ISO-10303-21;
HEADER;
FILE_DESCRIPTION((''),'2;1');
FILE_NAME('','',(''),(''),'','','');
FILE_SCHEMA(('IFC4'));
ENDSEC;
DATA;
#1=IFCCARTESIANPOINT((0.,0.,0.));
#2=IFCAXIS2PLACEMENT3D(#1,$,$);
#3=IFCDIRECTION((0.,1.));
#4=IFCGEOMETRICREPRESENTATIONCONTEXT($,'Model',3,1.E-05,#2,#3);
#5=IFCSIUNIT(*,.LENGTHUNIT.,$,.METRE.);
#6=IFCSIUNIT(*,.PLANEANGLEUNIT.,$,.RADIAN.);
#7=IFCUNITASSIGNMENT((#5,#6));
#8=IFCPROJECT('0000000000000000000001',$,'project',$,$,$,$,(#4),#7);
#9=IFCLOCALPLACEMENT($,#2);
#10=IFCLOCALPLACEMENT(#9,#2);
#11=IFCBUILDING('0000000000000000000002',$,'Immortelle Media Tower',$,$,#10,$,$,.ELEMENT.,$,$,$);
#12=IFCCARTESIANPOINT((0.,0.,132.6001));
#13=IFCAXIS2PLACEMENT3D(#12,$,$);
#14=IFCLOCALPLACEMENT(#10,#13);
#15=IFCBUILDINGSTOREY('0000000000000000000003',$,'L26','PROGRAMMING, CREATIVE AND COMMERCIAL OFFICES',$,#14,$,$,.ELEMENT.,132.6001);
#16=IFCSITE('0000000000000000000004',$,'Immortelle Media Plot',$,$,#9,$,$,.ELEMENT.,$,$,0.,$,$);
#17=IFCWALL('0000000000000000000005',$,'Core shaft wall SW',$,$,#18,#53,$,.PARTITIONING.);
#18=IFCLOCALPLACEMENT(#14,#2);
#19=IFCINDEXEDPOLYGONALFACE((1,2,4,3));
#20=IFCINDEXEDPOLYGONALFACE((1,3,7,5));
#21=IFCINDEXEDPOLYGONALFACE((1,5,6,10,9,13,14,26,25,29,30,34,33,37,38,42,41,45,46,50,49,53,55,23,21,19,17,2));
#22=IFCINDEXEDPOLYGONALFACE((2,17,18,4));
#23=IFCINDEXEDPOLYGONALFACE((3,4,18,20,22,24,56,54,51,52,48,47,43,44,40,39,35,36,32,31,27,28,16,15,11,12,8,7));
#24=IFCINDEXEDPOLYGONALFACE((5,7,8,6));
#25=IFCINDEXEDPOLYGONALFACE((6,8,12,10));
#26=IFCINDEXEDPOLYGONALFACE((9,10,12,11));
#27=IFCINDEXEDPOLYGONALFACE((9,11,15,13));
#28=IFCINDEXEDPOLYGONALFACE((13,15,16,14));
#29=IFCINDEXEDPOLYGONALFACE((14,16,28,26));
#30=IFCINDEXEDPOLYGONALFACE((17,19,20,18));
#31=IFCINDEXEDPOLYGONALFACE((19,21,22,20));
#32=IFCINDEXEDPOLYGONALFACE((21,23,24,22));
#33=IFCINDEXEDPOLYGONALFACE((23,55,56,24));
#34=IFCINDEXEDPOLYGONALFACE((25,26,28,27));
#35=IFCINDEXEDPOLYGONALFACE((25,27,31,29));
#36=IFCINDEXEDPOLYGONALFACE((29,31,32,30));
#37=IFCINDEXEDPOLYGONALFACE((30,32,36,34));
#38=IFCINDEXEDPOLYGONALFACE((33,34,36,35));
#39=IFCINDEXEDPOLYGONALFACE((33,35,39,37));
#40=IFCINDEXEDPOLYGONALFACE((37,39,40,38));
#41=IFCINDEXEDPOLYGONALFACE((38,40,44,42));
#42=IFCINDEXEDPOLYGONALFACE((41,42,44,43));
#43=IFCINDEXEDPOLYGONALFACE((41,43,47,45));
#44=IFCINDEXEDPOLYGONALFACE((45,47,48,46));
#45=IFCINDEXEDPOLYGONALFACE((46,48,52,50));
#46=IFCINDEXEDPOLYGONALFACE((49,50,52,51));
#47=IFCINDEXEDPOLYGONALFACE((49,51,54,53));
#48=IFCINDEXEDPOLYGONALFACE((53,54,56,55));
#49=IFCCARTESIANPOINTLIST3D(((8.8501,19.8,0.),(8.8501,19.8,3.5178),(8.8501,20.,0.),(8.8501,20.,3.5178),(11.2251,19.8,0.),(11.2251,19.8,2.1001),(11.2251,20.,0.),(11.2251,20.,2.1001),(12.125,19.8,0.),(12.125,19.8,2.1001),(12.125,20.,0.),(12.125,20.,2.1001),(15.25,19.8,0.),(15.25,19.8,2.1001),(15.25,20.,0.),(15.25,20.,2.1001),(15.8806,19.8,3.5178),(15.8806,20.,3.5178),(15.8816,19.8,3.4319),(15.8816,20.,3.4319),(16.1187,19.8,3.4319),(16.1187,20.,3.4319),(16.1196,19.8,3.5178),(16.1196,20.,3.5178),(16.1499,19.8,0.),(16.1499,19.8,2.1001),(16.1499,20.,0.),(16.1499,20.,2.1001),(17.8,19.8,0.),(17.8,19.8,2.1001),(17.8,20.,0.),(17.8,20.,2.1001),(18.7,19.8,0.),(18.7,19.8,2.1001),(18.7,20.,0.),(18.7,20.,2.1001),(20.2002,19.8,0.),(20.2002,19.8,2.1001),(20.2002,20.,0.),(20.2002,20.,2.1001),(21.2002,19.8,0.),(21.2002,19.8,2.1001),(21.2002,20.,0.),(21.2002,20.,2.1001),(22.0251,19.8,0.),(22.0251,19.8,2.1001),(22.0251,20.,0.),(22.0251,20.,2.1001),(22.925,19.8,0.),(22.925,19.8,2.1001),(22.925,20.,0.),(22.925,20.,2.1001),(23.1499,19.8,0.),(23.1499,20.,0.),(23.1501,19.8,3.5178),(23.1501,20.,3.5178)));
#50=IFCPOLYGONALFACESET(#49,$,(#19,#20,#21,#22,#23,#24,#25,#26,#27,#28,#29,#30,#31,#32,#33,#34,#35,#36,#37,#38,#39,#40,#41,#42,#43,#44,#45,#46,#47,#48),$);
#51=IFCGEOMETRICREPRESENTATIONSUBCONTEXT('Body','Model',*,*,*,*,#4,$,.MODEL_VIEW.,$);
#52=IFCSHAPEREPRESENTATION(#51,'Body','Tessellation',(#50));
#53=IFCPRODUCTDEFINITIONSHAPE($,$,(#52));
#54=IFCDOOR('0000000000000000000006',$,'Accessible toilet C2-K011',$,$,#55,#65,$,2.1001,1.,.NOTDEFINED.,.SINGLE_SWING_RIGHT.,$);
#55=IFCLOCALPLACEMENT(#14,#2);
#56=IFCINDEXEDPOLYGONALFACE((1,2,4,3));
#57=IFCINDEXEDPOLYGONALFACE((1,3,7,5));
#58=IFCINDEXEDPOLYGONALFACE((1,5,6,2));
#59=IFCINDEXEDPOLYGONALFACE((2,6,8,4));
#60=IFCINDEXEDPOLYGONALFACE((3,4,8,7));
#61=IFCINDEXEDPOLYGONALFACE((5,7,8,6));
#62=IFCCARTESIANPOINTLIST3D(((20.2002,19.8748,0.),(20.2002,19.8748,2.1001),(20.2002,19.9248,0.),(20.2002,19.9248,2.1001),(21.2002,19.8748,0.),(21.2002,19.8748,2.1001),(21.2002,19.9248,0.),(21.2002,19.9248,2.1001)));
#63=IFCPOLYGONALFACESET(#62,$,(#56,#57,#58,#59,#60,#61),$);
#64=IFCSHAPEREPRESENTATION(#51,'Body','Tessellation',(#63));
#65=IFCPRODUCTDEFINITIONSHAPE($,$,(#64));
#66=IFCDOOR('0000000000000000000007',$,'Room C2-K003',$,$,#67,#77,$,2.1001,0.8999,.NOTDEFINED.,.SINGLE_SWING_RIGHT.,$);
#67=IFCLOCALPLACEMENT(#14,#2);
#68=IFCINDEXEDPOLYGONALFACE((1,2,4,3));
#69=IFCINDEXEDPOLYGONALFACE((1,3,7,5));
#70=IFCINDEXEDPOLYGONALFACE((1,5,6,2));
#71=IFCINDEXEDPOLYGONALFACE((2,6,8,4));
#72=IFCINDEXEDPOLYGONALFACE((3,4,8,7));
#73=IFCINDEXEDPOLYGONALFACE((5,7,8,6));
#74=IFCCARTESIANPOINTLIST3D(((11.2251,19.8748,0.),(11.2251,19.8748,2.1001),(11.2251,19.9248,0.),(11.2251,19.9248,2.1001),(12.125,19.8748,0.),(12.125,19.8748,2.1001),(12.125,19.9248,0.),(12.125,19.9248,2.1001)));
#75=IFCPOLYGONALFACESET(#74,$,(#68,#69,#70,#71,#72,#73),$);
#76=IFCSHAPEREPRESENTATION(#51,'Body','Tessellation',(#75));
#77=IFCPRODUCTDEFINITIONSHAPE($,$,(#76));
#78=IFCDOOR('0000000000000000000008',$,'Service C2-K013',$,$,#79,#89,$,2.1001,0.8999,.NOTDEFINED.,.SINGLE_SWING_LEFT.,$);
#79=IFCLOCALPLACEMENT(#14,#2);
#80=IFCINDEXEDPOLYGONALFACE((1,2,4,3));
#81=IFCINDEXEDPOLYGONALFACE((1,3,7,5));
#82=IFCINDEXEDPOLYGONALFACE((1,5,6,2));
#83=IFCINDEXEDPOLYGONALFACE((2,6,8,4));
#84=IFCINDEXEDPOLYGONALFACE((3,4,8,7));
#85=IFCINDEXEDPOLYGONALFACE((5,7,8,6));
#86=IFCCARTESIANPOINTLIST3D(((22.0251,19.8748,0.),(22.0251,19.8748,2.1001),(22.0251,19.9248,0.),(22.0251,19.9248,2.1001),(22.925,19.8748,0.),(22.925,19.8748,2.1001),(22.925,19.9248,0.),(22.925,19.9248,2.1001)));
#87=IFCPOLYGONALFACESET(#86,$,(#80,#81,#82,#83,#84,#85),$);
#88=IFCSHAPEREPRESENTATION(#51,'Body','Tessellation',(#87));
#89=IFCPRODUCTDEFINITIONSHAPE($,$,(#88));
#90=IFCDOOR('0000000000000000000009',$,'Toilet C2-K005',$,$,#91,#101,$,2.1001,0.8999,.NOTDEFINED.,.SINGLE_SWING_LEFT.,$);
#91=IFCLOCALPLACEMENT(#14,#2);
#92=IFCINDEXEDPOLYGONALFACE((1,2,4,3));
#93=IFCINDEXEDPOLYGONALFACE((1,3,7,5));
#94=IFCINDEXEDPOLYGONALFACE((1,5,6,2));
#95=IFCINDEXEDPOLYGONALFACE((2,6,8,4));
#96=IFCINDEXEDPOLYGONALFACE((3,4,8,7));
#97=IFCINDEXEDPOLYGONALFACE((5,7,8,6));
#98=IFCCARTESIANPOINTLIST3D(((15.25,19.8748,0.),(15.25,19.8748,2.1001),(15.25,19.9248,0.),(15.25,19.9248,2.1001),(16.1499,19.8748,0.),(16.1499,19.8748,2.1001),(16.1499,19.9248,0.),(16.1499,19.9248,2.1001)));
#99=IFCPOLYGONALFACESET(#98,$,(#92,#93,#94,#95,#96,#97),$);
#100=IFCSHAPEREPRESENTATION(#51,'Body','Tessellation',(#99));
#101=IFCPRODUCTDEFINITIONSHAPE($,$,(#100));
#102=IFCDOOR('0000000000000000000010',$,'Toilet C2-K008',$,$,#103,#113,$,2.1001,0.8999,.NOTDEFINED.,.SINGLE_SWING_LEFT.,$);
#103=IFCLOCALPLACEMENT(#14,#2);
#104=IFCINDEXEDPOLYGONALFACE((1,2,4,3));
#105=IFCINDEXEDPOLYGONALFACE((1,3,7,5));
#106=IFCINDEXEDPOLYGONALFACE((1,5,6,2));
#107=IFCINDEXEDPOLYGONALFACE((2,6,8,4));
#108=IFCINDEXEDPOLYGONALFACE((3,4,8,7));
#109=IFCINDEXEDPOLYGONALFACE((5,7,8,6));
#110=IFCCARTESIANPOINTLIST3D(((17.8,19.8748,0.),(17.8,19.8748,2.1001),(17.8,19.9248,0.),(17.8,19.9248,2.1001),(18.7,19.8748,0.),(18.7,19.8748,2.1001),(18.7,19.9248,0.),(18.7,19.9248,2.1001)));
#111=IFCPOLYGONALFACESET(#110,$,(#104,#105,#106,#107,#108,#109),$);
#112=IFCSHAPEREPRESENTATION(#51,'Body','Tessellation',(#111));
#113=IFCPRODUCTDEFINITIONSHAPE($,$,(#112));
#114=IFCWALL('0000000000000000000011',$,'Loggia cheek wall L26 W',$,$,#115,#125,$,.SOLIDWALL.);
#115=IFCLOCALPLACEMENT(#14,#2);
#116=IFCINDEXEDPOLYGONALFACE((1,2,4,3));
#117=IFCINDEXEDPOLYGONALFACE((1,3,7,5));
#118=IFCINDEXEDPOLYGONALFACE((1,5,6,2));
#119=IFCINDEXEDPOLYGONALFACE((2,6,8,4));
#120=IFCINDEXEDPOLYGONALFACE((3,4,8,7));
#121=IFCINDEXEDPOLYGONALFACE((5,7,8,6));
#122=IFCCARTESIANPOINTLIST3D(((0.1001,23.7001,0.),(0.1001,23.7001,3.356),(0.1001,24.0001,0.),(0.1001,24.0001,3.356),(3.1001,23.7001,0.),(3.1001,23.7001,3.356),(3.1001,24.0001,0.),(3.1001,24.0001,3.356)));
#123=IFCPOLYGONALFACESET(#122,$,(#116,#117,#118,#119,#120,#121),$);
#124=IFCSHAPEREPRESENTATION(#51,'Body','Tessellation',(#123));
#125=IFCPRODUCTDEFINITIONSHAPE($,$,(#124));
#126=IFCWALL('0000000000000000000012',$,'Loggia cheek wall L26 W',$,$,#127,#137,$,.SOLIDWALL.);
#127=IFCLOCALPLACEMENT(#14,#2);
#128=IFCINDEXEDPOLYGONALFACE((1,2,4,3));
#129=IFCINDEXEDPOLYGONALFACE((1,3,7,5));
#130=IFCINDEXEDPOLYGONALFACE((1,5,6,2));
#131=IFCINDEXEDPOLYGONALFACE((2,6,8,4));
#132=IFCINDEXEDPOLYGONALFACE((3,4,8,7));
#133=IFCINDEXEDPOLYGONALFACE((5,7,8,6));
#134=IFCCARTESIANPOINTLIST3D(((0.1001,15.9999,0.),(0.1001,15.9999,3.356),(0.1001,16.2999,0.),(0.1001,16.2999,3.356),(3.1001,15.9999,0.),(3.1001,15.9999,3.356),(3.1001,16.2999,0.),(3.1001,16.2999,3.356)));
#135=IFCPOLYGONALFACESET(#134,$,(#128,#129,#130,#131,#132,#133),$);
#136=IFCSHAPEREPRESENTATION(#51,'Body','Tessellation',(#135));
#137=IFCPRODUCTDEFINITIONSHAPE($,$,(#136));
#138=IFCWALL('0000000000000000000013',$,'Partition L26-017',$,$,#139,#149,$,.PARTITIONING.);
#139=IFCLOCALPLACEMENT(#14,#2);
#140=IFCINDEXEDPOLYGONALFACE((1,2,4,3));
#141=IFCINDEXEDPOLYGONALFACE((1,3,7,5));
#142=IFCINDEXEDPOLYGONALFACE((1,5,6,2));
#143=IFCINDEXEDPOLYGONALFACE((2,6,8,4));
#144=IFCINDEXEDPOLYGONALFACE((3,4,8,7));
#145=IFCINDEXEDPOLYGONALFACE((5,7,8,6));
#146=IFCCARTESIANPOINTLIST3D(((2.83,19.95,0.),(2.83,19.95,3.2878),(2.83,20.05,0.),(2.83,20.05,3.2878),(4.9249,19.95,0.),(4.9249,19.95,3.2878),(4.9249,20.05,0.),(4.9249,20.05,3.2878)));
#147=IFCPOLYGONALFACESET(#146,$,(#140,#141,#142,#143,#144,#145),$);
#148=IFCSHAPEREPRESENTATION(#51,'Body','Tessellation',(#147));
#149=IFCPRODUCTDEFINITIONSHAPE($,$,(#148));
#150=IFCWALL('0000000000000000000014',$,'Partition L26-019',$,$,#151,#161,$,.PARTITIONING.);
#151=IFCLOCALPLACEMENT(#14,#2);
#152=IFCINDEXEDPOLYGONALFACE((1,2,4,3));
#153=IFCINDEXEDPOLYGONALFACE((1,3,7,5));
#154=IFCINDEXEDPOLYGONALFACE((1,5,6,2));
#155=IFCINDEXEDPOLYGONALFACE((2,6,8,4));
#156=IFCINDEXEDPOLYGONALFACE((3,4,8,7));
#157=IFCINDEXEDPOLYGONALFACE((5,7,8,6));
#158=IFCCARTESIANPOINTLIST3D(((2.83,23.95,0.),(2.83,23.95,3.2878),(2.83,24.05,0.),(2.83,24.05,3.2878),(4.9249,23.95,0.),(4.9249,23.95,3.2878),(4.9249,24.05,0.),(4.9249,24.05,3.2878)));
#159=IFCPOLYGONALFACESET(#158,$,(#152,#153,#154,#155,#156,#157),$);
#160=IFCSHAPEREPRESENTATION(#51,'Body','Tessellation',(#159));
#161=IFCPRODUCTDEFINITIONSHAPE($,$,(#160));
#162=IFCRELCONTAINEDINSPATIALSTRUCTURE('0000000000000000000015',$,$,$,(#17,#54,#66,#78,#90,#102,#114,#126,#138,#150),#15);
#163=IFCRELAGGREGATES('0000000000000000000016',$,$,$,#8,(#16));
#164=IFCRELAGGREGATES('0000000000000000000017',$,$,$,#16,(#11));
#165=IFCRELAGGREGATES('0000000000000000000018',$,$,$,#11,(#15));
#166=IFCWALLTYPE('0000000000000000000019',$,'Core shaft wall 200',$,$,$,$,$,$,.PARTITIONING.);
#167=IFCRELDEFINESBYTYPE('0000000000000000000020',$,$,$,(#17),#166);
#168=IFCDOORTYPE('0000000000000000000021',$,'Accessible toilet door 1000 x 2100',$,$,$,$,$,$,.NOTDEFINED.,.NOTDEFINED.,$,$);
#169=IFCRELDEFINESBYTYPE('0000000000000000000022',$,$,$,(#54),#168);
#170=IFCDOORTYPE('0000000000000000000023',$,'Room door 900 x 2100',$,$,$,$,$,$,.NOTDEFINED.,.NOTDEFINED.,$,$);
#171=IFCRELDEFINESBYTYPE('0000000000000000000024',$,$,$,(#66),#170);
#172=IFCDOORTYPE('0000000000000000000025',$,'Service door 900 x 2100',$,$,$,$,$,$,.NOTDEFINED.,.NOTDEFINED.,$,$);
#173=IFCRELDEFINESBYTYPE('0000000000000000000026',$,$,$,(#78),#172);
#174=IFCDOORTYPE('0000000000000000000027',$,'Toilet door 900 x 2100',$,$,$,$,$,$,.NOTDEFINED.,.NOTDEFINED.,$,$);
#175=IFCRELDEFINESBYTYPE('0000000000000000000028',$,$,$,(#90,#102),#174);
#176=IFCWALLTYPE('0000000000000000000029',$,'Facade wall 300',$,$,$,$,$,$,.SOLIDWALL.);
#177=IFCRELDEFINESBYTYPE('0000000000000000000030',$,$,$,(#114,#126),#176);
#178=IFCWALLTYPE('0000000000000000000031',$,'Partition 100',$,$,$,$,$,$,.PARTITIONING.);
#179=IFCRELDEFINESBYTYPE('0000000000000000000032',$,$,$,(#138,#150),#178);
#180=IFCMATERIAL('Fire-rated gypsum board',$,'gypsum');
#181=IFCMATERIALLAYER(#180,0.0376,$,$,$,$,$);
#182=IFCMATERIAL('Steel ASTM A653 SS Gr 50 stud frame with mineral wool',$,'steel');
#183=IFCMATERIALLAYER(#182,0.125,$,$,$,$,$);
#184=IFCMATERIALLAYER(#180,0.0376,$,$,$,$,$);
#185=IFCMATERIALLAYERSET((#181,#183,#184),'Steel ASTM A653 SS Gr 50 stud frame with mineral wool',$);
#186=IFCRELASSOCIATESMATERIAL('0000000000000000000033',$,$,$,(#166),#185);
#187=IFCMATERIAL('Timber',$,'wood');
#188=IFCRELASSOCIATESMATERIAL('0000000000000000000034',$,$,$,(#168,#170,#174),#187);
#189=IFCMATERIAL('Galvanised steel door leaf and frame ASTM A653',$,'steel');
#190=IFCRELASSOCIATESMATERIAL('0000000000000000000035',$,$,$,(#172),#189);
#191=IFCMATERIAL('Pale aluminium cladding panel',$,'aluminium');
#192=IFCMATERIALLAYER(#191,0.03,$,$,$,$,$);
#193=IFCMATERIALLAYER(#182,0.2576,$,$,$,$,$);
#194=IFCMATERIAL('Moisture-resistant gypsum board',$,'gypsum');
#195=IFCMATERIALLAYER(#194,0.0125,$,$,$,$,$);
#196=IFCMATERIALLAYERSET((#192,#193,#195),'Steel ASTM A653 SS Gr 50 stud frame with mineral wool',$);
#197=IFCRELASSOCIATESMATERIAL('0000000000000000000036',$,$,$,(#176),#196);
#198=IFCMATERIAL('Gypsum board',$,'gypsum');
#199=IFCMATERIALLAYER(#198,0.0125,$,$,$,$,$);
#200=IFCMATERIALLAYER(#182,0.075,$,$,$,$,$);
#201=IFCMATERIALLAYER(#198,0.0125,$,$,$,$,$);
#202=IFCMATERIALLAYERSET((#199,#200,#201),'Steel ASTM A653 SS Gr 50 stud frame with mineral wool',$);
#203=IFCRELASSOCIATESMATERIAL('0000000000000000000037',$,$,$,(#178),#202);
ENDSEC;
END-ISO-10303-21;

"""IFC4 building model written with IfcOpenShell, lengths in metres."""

from ifc_helpers import new_model, si_unit, direction, frame, frame_2d, origin, place, context, subcontext, project, spatial, polyline, rectangle, outline, extrude, material, layer, layer_set, type_object, element, fill, save


model = new_model("IFC4")

# Units and contexts
model_context = context("Model", 3, precision=1e-05, world=origin(), true_north=direction((0.0, 1.0)))
body_context = subcontext(model_context, "Body", "Model", "MODEL_VIEW")
ifc_project = project(units=[si_unit("LENGTHUNIT", "METRE"), si_unit("PLANEANGLEUNIT", "RADIAN")], contexts=[model_context])

# Site, building, storey
site_placement = place(None, origin())
site = spatial("IfcSite", under=ifc_project, at=site_placement, Name="Immortelle Media Plot", CompositionType="ELEMENT", RefElevation=0.0)
building_placement = place(site_placement, origin())
building = spatial("IfcBuilding", under=site, at=building_placement, Name="Immortelle Media Tower", CompositionType="ELEMENT")
storey_placement = place(building_placement, frame((0.0, 0.0, 132.6001)))
storey = spatial("IfcBuildingStorey", under=building, at=storey_placement, Name="L26", Description="PROGRAMMING, CREATIVE AND COMMERCIAL OFFICES", CompositionType="ELEMENT", Elevation=132.6001)

# Shared definitions
ifc_material_1 = material(Name="Fire-rated gypsum board", Category="gypsum")
ifc_material_2 = material(Name="Steel ASTM A653 SS Gr 50 stud frame with mineral wool", Category="steel")
ifc_layer_1 = layer(ifc_material_1, 0.0376)
ifc_layer_2 = layer(ifc_material_2, 0.125)
ifc_layer_3 = layer(ifc_material_1, 0.0376)
ifc_layer_set_1 = layer_set([ifc_layer_1, ifc_layer_2, ifc_layer_3], Name="Steel ASTM A653 SS Gr 50 stud frame with mineral wool")
wall_type_1 = type_object("IfcWallType", Name="Core shaft wall 200", PredefinedType="PARTITIONING", material=ifc_layer_set_1)

# Wall, openings, doors
wall_1_placement = place(storey_placement, frame((8.8501, 19.8999, 0.0), z_axis=(0.0, 0.0, 1.0), x_axis=(1.0, 0.0, 0.0)))
wall_1 = element("IfcWall", 1, at=wall_1_placement, inside=storey, type_object=wall_type_1, Name="Core shaft wall SW", PredefinedType="PARTITIONING", context=body_context, shape_type="SweptSolid", body=[
    extrude(outline(polyline([(0.0, 0.0), (14.2998, 0.0), (14.3, 3.5178), (7.2695, 3.5178), (7.2686, 3.4319), (7.0315, 3.4319), (7.0305, 3.5178), (0.0, 3.5178), (0.0, 0.0)])), frame((0.0, 0.1001, 0.0), z_axis=(0.0, -1.0, 0.0), x_axis=(1.0, 0.0, 0.0)), (0.0, 0.0, 1.0), 0.2),
])
opening_1_placement = place(wall_1_placement, frame((2.375, 0.0, 0.0)))
opening_1 = element("IfcOpeningElement", 2, at=opening_1_placement, cuts=wall_1, PredefinedType="OPENING", context=body_context, shape_type="SweptSolid", body=[
    extrude(rectangle(XDim=0.8999, YDim=2.1001, at=frame_2d((0.45, 1.05))), frame((0.0, 0.1099, 0.0), z_axis=(0.0, -1.0, 0.0), x_axis=(1.0, 0.0, 0.0)), (0.0, 0.0, 1.0), 0.22),
])
opening_2_placement = place(wall_1_placement, frame((6.3999, 0.0, 0.0)))
opening_2 = element("IfcOpeningElement", 3, at=opening_2_placement, cuts=wall_1, PredefinedType="OPENING", context=body_context, shape_type="SweptSolid", body=[
    extrude(rectangle(XDim=0.8999, YDim=2.1001, at=frame_2d((0.45, 1.05))), frame((0.0, 0.1099, 0.0), z_axis=(0.0, -1.0, 0.0), x_axis=(1.0, 0.0, 0.0)), (0.0, 0.0, 1.0), 0.22),
])
opening_3_placement = place(wall_1_placement, frame((8.95, 0.0, 0.0)))
opening_3 = element("IfcOpeningElement", 4, at=opening_3_placement, cuts=wall_1, PredefinedType="OPENING", context=body_context, shape_type="SweptSolid", body=[
    extrude(rectangle(XDim=0.8999, YDim=2.1001, at=frame_2d((0.45, 1.05))), frame((0.0, 0.1099, 0.0), z_axis=(0.0, -1.0, 0.0), x_axis=(1.0, 0.0, 0.0)), (0.0, 0.0, 1.0), 0.22),
])
opening_4_placement = place(wall_1_placement, frame((11.3501, 0.0, 0.0)))
opening_4 = element("IfcOpeningElement", 5, at=opening_4_placement, cuts=wall_1, PredefinedType="OPENING", context=body_context, shape_type="SweptSolid", body=[
    extrude(rectangle(XDim=1.0, YDim=2.1001, at=frame_2d((0.5, 1.05))), frame((0.0, 0.1099, 0.0), z_axis=(0.0, -1.0, 0.0), x_axis=(1.0, 0.0, 0.0)), (0.0, 0.0, 1.0), 0.22),
])
opening_5_placement = place(wall_1_placement, frame((13.175, 0.0, 0.0)))
opening_5 = element("IfcOpeningElement", 6, at=opening_5_placement, cuts=wall_1, PredefinedType="OPENING", context=body_context, shape_type="SweptSolid", body=[
    extrude(rectangle(XDim=0.8999, YDim=2.1001, at=frame_2d((0.45, 1.05))), frame((0.0, 0.1099, 0.0), z_axis=(0.0, -1.0, 0.0), x_axis=(1.0, 0.0, 0.0)), (0.0, 0.0, 1.0), 0.22),
])
ifc_material_3 = material(Name="Timber", Category="wood")
door_type_1 = type_object("IfcDoorType", Name="Accessible toilet door 1000 x 2100", OperationType="NOTDEFINED", PredefinedType="NOTDEFINED", material=ifc_material_3)
door_1_placement = place(opening_4_placement, origin())
door_1 = element("IfcDoor", 7, at=door_1_placement, inside=storey, type_object=door_type_1, Name="Accessible toilet C2-K011", OperationType="SINGLE_SWING_RIGHT", OverallHeight=2.1001, OverallWidth=1.0, PredefinedType="NOTDEFINED", context=body_context, shape_type="SweptSolid", body=[
    extrude(rectangle(XDim=1.0, YDim=2.1001, at=frame_2d((0.5, 1.05))), frame((0.0, 0.0249, 0.0), z_axis=(0.0, -1.0, 0.0), x_axis=(1.0, 0.0, 0.0)), (0.0, 0.0, 1.0), 0.05),
])
fill(opening_4, door_1)
door_type_2 = type_object("IfcDoorType", Name="Room door 900 x 2100", OperationType="NOTDEFINED", PredefinedType="NOTDEFINED", material=ifc_material_3)
door_2_placement = place(opening_1_placement, origin())
door_2 = element("IfcDoor", 8, at=door_2_placement, inside=storey, type_object=door_type_2, Name="Room C2-K003", OperationType="SINGLE_SWING_RIGHT", OverallHeight=2.1001, OverallWidth=0.8999, PredefinedType="NOTDEFINED", context=body_context, shape_type="SweptSolid", body=[
    extrude(rectangle(XDim=0.8999, YDim=2.1001, at=frame_2d((0.45, 1.05))), frame((0.0, 0.0249, 0.0), z_axis=(0.0, -1.0, 0.0), x_axis=(1.0, 0.0, 0.0)), (0.0, 0.0, 1.0), 0.05),
])
fill(opening_1, door_2)
ifc_material_4 = material(Name="Galvanised steel door leaf and frame ASTM A653", Category="steel")
door_type_3 = type_object("IfcDoorType", Name="Service door 900 x 2100", OperationType="NOTDEFINED", PredefinedType="NOTDEFINED", material=ifc_material_4)
door_3_placement = place(opening_5_placement, origin())
door_3 = element("IfcDoor", 9, at=door_3_placement, inside=storey, type_object=door_type_3, Name="Service C2-K013", OperationType="SINGLE_SWING_LEFT", OverallHeight=2.1001, OverallWidth=0.8999, PredefinedType="NOTDEFINED", context=body_context, shape_type="SweptSolid", body=[
    extrude(rectangle(XDim=0.8999, YDim=2.1001, at=frame_2d((0.45, 1.05))), frame((0.0, 0.0249, 0.0), z_axis=(0.0, -1.0, 0.0), x_axis=(1.0, 0.0, 0.0)), (0.0, 0.0, 1.0), 0.05),
])
fill(opening_5, door_3)
door_type_4 = type_object("IfcDoorType", Name="Toilet door 900 x 2100", OperationType="NOTDEFINED", PredefinedType="NOTDEFINED", material=ifc_material_3)
door_4_placement = place(opening_2_placement, origin())
door_4 = element("IfcDoor", 10, at=door_4_placement, inside=storey, type_object=door_type_4, Name="Toilet C2-K005", OperationType="SINGLE_SWING_LEFT", OverallHeight=2.1001, OverallWidth=0.8999, PredefinedType="NOTDEFINED", context=body_context, shape_type="SweptSolid", body=[
    extrude(rectangle(XDim=0.8999, YDim=2.1001, at=frame_2d((0.45, 1.05))), frame((0.0, 0.0249, 0.0), z_axis=(0.0, -1.0, 0.0), x_axis=(1.0, 0.0, 0.0)), (0.0, 0.0, 1.0), 0.05),
])
fill(opening_2, door_4)
door_5_placement = place(opening_3_placement, origin())
door_5 = element("IfcDoor", 11, at=door_5_placement, inside=storey, type_object=door_type_4, Name="Toilet C2-K008", OperationType="SINGLE_SWING_LEFT", OverallHeight=2.1001, OverallWidth=0.8999, PredefinedType="NOTDEFINED", context=body_context, shape_type="SweptSolid", body=[
    extrude(rectangle(XDim=0.8999, YDim=2.1001, at=frame_2d((0.45, 1.05))), frame((0.0, 0.0249, 0.0), z_axis=(0.0, -1.0, 0.0), x_axis=(1.0, 0.0, 0.0)), (0.0, 0.0, 1.0), 0.05),
])
fill(opening_3, door_5)

# Shared definitions
ifc_material_5 = material(Name="Pale aluminium cladding panel", Category="aluminium")
ifc_layer_4 = layer(ifc_material_5, 0.03)
ifc_layer_5 = layer(ifc_material_2, 0.2576)
ifc_material_6 = material(Name="Moisture-resistant gypsum board", Category="gypsum")
ifc_layer_6 = layer(ifc_material_6, 0.0125)
ifc_layer_set_2 = layer_set([ifc_layer_4, ifc_layer_5, ifc_layer_6], Name="Steel ASTM A653 SS Gr 50 stud frame with mineral wool")
wall_type_2 = type_object("IfcWallType", Name="Facade wall 300", PredefinedType="SOLIDWALL", material=ifc_layer_set_2)

# Walls
for number, where, z_axis, x_axis, name in (
    (12, (0.1001, 23.8501, 0.0), (0.0, 0.0, 1.0), (1.0, 0.0, 0.0), "Loggia cheek wall L26 W"),
    (13, (0.1001, 16.1499, 0.0), (0.0, 0.0, 1.0), (1.0, 0.0, 0.0), "Loggia cheek wall L26 W"),
):
    element("IfcWall", number, at=place(storey_placement, frame(where, z_axis=z_axis, x_axis=x_axis)), inside=storey, type_object=wall_type_2, Name=name, PredefinedType="SOLIDWALL", context=body_context, shape_type="SweptSolid", body=[
        extrude(rectangle(XDim=3.0, YDim=0.3, at=frame_2d((1.5, 0.0))), origin(), (0.0, 0.0, 1.0), 3.356),
    ])
ifc_material_7 = material(Name="Gypsum board", Category="gypsum")
ifc_layer_7 = layer(ifc_material_7, 0.0125)
ifc_layer_8 = layer(ifc_material_2, 0.075)
ifc_layer_9 = layer(ifc_material_7, 0.0125)
ifc_layer_set_3 = layer_set([ifc_layer_7, ifc_layer_8, ifc_layer_9], Name="Steel ASTM A653 SS Gr 50 stud frame with mineral wool")
wall_type_3 = type_object("IfcWallType", Name="Partition 100", PredefinedType="PARTITIONING", material=ifc_layer_set_3)
for number, where, z_axis, x_axis, name in (
    (14, (2.8301, 20.0, 0.0), (0.0, 0.0, 1.0), (1.0, 0.0, 0.0), "Partition L26-017"),
    (15, (2.8301, 24.0, 0.0), (0.0, 0.0, 1.0), (1.0, 0.0, 0.0), "Partition L26-019"),
):
    element("IfcWall", number, at=place(storey_placement, frame(where, z_axis=z_axis, x_axis=x_axis)), inside=storey, type_object=wall_type_3, Name=name, PredefinedType="PARTITIONING", context=body_context, shape_type="SweptSolid", body=[
        extrude(rectangle(XDim=2.095, YDim=0.1001, at=frame_2d((1.0474, 0.0))), origin(), (0.0, 0.0, 1.0), 3.2878),
    ])

save(model, "model.ifc")
